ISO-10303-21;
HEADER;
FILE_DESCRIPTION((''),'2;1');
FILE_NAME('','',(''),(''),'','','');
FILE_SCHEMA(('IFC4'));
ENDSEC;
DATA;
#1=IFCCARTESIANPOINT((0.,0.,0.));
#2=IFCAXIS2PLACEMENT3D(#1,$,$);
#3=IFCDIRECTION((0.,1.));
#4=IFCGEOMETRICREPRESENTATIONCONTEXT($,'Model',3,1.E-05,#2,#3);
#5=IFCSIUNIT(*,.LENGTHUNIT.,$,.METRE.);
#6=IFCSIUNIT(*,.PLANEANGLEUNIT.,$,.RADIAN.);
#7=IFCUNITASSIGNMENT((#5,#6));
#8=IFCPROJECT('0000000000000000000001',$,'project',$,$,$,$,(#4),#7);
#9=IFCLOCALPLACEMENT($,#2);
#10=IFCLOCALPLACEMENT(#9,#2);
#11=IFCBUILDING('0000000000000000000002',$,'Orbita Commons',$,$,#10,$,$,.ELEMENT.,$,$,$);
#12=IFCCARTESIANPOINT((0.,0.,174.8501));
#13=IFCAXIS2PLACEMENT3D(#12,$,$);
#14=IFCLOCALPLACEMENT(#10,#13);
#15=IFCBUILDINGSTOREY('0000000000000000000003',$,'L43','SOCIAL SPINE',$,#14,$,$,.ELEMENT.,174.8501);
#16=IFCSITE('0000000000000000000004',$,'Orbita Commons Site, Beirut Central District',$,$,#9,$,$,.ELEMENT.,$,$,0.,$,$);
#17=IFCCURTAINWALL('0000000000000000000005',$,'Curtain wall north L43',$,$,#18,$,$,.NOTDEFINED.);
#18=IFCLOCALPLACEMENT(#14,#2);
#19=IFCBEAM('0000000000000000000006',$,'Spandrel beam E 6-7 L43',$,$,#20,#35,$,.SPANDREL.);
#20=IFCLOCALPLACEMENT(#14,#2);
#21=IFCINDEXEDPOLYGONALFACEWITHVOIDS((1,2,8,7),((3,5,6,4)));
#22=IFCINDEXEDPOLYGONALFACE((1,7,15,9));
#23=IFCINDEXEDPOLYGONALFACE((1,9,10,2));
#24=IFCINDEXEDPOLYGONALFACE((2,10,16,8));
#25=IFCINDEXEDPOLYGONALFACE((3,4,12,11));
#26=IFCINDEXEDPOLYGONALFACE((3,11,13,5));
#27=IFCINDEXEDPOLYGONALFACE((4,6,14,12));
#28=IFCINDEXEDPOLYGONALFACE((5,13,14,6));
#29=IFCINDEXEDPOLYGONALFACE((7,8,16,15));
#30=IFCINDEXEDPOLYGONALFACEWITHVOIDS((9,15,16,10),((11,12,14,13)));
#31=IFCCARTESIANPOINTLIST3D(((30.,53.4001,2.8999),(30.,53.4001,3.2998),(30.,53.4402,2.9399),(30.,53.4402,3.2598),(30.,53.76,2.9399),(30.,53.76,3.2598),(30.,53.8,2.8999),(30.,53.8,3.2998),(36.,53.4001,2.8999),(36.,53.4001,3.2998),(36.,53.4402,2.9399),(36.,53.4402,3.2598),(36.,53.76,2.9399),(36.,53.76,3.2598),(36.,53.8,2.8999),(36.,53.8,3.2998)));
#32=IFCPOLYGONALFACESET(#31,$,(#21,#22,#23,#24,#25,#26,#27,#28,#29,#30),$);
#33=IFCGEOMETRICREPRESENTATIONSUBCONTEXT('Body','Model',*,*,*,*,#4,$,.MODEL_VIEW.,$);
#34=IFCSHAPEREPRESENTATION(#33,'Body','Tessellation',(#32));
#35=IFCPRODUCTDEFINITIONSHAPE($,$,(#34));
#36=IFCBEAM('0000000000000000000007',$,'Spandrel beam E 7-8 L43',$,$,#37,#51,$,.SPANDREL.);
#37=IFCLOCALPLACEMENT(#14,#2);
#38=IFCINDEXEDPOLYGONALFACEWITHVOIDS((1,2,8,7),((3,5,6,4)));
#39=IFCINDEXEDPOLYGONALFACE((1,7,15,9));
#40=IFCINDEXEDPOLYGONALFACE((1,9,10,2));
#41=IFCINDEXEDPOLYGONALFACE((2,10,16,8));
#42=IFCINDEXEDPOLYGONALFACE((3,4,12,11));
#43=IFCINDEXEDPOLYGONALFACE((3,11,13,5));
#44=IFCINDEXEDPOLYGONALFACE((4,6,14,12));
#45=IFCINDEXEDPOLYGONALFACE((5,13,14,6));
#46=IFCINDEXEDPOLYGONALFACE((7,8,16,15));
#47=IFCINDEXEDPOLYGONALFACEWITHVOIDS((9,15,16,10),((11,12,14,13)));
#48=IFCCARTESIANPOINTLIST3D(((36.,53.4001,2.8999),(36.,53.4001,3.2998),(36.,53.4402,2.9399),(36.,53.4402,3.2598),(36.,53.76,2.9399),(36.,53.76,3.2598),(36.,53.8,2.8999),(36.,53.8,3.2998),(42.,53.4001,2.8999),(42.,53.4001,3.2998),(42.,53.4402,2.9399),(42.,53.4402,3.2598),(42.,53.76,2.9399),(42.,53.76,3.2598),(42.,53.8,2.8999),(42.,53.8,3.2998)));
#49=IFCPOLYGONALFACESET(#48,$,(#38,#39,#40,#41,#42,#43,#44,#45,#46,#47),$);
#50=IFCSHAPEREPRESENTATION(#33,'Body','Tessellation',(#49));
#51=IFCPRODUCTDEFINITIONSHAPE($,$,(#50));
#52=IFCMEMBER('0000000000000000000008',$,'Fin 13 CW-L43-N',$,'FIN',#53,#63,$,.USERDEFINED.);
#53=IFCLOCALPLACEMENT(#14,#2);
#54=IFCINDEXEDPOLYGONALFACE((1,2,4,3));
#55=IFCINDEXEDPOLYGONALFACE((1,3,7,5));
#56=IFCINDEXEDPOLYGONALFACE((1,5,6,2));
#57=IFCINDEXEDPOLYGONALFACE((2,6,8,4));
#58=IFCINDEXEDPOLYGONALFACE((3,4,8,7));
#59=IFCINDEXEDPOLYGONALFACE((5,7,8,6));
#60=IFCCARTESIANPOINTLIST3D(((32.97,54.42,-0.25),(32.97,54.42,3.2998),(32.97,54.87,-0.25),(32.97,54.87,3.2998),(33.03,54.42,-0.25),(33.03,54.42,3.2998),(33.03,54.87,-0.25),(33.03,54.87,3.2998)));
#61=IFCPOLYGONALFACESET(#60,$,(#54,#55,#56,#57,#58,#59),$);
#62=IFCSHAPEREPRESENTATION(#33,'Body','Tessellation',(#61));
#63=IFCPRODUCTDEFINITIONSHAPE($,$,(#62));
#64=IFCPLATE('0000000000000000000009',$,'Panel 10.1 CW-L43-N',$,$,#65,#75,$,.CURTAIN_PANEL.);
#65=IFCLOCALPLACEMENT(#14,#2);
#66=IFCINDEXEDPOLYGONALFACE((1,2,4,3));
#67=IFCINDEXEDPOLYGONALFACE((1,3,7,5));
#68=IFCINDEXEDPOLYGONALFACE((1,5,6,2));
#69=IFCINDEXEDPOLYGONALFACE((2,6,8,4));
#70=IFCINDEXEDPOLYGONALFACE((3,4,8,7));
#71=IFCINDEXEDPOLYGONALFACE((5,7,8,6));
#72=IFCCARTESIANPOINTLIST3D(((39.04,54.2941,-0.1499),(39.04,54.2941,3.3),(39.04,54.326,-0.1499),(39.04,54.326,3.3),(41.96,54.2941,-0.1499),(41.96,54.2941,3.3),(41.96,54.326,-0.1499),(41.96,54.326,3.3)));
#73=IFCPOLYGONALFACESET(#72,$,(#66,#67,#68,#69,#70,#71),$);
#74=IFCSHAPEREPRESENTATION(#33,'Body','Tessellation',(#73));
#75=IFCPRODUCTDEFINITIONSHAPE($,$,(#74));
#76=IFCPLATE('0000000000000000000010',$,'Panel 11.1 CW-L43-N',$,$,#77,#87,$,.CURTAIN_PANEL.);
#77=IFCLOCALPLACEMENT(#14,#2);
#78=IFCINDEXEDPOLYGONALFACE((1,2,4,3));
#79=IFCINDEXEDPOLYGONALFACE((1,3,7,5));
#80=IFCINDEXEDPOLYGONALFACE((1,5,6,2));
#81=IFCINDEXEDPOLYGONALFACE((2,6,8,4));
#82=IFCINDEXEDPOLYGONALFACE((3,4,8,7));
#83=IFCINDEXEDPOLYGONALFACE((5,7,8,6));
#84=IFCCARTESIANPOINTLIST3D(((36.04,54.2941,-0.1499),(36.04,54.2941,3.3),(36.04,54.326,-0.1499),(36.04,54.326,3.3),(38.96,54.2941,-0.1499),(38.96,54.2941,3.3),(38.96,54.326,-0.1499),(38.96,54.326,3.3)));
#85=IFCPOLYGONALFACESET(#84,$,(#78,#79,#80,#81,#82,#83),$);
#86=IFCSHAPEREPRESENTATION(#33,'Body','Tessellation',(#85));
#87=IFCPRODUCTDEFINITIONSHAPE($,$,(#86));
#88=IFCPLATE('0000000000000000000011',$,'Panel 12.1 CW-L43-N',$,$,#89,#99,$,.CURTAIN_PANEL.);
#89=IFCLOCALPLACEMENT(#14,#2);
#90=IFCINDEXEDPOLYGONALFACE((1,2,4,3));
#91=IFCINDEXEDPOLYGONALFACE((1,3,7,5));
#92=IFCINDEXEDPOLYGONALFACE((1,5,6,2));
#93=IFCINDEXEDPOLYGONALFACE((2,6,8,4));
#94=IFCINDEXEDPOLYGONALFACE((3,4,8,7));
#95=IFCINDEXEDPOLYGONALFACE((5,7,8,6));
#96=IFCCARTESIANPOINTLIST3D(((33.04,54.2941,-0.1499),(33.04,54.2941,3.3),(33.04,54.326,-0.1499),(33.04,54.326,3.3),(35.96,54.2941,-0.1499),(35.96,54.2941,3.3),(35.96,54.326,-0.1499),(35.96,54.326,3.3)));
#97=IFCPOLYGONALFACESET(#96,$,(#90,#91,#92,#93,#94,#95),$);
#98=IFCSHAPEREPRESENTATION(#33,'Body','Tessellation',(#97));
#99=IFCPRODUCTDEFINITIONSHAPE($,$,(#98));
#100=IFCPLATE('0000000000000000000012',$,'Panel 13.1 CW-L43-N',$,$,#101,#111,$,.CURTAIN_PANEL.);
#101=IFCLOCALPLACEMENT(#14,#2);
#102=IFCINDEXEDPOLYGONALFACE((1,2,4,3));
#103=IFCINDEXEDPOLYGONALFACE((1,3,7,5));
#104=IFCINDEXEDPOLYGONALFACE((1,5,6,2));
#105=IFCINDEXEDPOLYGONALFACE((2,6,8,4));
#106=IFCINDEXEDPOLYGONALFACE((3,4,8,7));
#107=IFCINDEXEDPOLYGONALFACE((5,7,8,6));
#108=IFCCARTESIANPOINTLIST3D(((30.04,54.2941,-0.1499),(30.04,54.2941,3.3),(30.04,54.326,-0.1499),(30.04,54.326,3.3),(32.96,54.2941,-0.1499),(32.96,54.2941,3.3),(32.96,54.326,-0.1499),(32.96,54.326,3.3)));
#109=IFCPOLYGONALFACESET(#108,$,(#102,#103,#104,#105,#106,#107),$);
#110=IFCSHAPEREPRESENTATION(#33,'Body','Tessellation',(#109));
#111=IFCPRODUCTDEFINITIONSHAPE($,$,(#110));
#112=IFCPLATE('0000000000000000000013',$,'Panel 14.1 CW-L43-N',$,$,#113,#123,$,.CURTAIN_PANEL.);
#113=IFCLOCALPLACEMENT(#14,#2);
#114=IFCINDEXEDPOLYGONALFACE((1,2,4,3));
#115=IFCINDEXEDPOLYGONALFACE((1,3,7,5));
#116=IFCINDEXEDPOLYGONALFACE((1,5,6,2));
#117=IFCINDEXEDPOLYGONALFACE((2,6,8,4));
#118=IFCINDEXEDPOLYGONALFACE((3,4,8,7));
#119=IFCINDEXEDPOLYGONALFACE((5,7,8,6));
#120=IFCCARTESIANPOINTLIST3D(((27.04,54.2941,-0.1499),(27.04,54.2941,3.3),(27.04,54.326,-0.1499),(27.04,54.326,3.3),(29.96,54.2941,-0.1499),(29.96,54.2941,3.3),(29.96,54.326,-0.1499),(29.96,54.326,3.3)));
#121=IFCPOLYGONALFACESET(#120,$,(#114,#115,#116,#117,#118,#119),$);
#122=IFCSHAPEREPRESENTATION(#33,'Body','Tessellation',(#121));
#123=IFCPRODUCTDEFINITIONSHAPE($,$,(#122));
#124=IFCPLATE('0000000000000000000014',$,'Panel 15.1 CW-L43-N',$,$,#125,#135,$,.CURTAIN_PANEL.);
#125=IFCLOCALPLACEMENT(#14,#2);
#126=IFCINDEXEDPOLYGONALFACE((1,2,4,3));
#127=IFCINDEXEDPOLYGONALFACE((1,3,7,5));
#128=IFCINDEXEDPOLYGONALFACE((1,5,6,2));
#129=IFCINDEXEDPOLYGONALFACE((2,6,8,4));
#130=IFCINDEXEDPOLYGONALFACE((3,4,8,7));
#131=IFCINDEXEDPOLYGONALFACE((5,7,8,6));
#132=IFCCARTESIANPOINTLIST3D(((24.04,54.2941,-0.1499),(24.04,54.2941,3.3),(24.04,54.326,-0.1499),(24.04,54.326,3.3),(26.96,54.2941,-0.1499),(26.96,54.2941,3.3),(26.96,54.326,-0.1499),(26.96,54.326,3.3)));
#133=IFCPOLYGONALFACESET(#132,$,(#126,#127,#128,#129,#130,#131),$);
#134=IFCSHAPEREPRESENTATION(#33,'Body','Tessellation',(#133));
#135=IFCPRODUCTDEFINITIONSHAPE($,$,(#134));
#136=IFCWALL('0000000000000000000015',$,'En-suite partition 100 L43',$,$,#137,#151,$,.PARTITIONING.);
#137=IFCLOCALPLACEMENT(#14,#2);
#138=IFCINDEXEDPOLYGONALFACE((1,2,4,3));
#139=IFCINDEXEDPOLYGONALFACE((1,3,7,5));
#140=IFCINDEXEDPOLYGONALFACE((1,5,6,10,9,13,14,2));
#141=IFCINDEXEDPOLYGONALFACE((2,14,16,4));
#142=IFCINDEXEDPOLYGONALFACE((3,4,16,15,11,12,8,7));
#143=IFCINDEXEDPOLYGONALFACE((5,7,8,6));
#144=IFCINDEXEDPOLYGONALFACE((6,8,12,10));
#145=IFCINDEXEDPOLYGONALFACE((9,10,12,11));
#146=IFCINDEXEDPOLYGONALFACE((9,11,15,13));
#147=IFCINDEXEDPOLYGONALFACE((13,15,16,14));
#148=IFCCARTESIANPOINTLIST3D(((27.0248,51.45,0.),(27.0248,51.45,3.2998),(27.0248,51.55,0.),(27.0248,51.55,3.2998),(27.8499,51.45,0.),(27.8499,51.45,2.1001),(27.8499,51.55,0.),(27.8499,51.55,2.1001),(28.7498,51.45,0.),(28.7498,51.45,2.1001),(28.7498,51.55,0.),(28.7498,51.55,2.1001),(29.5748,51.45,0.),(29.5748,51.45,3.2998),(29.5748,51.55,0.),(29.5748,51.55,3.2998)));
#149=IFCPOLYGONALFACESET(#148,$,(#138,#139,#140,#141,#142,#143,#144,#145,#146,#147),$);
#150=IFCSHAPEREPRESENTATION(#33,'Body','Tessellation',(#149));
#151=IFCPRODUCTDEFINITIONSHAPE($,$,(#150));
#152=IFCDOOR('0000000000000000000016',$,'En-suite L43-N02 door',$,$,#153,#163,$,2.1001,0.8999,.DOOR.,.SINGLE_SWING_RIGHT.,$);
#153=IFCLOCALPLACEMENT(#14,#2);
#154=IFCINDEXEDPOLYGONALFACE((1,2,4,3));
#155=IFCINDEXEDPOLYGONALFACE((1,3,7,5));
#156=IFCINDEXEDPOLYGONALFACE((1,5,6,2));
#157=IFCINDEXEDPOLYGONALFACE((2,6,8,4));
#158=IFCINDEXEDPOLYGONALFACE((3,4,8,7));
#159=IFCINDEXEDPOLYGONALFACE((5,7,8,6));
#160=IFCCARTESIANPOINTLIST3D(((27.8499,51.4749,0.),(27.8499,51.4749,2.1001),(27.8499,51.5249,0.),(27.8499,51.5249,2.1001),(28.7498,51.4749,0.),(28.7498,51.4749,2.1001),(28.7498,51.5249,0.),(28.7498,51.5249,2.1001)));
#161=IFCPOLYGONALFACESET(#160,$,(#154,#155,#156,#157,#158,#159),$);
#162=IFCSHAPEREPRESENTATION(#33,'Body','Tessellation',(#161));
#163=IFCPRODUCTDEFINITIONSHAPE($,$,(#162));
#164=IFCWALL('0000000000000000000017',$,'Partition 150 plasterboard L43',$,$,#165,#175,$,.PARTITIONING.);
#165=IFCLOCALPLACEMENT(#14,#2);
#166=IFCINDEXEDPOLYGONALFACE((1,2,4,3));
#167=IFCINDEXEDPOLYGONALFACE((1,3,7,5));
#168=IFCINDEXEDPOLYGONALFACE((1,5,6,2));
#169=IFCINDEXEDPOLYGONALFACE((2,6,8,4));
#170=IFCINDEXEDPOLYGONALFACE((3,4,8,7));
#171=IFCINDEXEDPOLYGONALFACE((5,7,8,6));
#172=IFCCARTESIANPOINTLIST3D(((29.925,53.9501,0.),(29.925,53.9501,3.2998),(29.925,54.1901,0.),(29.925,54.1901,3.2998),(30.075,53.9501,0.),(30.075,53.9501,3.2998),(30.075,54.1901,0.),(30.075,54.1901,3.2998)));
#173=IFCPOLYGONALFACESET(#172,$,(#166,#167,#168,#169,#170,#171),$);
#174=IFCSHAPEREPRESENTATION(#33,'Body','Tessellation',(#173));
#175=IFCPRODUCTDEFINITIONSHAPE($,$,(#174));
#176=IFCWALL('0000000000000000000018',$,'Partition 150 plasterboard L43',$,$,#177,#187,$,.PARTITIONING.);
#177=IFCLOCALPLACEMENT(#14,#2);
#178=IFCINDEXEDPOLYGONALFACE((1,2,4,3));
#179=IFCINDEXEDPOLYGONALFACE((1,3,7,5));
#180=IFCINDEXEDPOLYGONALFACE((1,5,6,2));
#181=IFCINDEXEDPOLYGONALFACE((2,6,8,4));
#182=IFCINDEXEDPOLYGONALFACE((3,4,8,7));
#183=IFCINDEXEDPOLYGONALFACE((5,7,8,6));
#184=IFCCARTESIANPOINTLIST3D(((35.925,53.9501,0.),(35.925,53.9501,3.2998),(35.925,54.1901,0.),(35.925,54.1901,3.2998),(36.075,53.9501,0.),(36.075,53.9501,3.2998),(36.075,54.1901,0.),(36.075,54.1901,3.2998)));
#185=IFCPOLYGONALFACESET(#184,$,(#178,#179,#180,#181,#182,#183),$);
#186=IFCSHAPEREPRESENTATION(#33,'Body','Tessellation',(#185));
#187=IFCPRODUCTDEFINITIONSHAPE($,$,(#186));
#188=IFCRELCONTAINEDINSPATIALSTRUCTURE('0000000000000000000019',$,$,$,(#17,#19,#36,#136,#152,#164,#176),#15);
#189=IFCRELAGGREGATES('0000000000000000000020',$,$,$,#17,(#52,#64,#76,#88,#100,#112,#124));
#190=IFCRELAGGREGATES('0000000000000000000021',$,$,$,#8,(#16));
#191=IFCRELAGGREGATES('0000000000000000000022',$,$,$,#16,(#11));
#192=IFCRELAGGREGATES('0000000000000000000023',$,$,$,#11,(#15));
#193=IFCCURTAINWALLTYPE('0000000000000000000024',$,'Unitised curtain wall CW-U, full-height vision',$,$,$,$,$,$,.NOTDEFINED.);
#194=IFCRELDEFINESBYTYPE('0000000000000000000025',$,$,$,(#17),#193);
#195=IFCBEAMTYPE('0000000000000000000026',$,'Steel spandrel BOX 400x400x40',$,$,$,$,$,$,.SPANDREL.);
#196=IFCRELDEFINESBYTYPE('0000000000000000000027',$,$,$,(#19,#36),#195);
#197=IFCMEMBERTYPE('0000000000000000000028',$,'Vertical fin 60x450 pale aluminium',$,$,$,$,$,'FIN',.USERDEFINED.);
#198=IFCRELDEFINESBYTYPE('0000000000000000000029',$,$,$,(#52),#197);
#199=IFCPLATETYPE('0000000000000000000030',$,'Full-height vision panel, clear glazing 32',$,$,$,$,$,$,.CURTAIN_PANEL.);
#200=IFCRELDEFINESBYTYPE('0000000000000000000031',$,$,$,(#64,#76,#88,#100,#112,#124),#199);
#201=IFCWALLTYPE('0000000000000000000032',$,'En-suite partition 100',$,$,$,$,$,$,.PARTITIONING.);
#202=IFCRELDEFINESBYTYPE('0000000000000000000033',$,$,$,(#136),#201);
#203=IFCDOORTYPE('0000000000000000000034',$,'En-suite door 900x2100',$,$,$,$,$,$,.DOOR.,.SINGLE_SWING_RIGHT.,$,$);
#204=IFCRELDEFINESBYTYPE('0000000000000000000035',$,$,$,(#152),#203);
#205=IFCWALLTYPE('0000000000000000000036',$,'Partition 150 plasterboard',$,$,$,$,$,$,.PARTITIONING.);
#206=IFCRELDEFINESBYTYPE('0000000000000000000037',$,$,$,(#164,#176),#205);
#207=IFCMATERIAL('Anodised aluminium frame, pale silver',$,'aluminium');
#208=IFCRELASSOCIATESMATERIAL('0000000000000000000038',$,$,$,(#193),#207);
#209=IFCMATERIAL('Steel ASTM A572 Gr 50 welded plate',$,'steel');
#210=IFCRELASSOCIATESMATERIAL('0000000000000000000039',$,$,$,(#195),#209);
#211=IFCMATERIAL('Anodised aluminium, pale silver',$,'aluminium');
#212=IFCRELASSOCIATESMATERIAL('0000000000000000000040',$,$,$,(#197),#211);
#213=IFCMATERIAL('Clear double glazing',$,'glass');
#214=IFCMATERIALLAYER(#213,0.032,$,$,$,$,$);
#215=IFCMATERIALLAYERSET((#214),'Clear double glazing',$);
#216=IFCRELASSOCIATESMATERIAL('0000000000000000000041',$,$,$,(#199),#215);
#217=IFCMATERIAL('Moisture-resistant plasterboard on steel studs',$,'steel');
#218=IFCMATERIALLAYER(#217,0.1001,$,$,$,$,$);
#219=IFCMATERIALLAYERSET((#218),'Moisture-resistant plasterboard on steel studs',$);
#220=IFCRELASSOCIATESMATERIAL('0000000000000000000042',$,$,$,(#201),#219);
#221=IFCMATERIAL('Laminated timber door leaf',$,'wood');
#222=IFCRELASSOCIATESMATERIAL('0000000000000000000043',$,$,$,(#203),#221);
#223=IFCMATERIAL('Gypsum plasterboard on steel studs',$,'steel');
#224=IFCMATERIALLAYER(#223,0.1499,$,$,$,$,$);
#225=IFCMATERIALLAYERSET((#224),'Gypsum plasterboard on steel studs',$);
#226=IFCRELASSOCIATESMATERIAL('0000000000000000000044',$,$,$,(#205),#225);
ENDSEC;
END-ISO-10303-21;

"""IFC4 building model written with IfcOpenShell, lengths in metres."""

from ifc_helpers import new_model, si_unit, direction, frame, frame_2d, origin, origin_2d, place, context, subcontext, project, spatial, rectangle, hollow_rectangle, extrude, material, layer, layer_set, material_profile, profile_set, type_object, element, fill, aggregate, save


model = new_model("IFC4")

# Units and contexts
model_context = context("Model", 3, precision=1e-05, world=origin(), true_north=direction((0.0, 1.0)))
body_context = subcontext(model_context, "Body", "Model", "MODEL_VIEW")
ifc_project = project(units=[si_unit("LENGTHUNIT", "METRE"), si_unit("PLANEANGLEUNIT", "RADIAN")], contexts=[model_context])

# Site, building, storey
site_placement = place(None, origin())
site = spatial("IfcSite", under=ifc_project, at=site_placement, Name="Orbita Commons Site, Beirut Central District", CompositionType="ELEMENT", RefElevation=0.0)
building_placement = place(site_placement, origin())
building = spatial("IfcBuilding", under=site, at=building_placement, Name="Orbita Commons", CompositionType="ELEMENT")
storey_placement = place(building_placement, frame((0.0, 0.0, 174.8501)))
storey = spatial("IfcBuildingStorey", under=building, at=storey_placement, Name="L43", Description="SOCIAL SPINE", CompositionType="ELEMENT", Elevation=174.8501)

# Curtain wall
ifc_material_1 = material(Name="Anodised aluminium frame, pale silver", Category="aluminium")
curtain_wall_type = type_object("IfcCurtainWallType", Name="Unitised curtain wall CW-U, full-height vision", PredefinedType="NOTDEFINED", material=ifc_material_1)
curtain_wall_placement = place(storey_placement, origin())
curtain_wall = element("IfcCurtainWall", 1, at=curtain_wall_placement, inside=storey, type_object=curtain_wall_type, Name="Curtain wall north L43", PredefinedType="NOTDEFINED")

# Beams
ifc_material_2 = material(Name="Steel ASTM A572 Gr 50 welded plate", Category="steel")
ifc_material_profile_1 = material_profile(ifc_material_2, hollow_rectangle(XDim=0.3999, YDim=0.3999, WallThickness=0.04, at=origin_2d()), Name="BOX 400x400x40")
ifc_profile_set_1 = profile_set([ifc_material_profile_1], Name="Steel ASTM A572 Gr 50 welded plate")
beam_type = type_object("IfcBeamType", Name="Steel spandrel BOX 400x400x40", PredefinedType="SPANDREL", material=ifc_profile_set_1)
for number, where, z_axis, x_axis, name in (
    (2, (30.0, 53.6001, 3.0999), (1.0, 0.0, 0.0), (0.0, 1.0, 0.0), "Spandrel beam E 6-7 L43"),
    (3, (36.0, 53.6001, 3.0999), (1.0, 0.0, 0.0), (0.0, 1.0, 0.0), "Spandrel beam E 7-8 L43"),
):
    element("IfcBeam", number, at=place(storey_placement, frame(where, z_axis=z_axis, x_axis=x_axis)), inside=storey, type_object=beam_type, Name=name, PredefinedType="SPANDREL", context=body_context, shape_type="SweptSolid", body=[
        extrude(hollow_rectangle(XDim=0.3999, YDim=0.3999, WallThickness=0.04, at=origin_2d()), origin(), (0.0, 0.0, 1.0), 6.0),
    ])

# Member
ifc_material_3 = material(Name="Anodised aluminium, pale silver", Category="aluminium")
ifc_material_profile_2 = material_profile(ifc_material_3, rectangle(XDim=0.0601, YDim=0.45, at=origin_2d()), Name="FIN 60x450")
ifc_profile_set_2 = profile_set([ifc_material_profile_2], Name="Anodised aluminium, pale silver")
member_type_1 = type_object("IfcMemberType", Name="Vertical fin 60x450 pale aluminium", ElementType="FIN", PredefinedType="USERDEFINED", material=ifc_profile_set_2)
member_1_placement = place(storey_placement, frame((33.0, 54.645, -0.25), z_axis=(0.0, 0.0, 1.0), x_axis=(-1.0, 0.0, 0.0)))
member_1 = element("IfcMember", 4, at=member_1_placement, type_object=member_type_1, Name="Fin 13 CW-L43-N", ObjectType="FIN", PredefinedType="USERDEFINED", context=body_context, shape_type="SweptSolid", body=[
    extrude(rectangle(XDim=0.0601, YDim=0.45, at=origin_2d()), origin(), (0.0, 0.0, 1.0), 3.5498),
])

# Plates
ifc_material_4 = material(Name="Clear double glazing", Category="glass")
ifc_layer_1 = layer(ifc_material_4, 0.032)
ifc_layer_set_1 = layer_set([ifc_layer_1], Name="Clear double glazing")
plate_type = type_object("IfcPlateType", Name="Full-height vision panel, clear glazing 32", PredefinedType="CURTAIN_PANEL", material=ifc_layer_set_1)
plate_1_placement = place(storey_placement, frame((40.5, 54.3101, -0.1499), z_axis=(0.0, 0.0, 1.0), x_axis=(-1.0, 0.0, 0.0)))
plate_1 = element("IfcPlate", 5, at=plate_1_placement, type_object=plate_type, Name="Panel 10.1 CW-L43-N", PredefinedType="CURTAIN_PANEL", context=body_context, shape_type="SweptSolid", body=[
    extrude(rectangle(XDim=2.9199, YDim=0.032, at=origin_2d()), origin(), (0.0, 0.0, 1.0), 3.45),
])
plate_2_placement = place(storey_placement, frame((37.5, 54.3101, -0.1499), z_axis=(0.0, 0.0, 1.0), x_axis=(-1.0, 0.0, 0.0)))
plate_2 = element("IfcPlate", 6, at=plate_2_placement, type_object=plate_type, Name="Panel 11.1 CW-L43-N", PredefinedType="CURTAIN_PANEL", context=body_context, shape_type="SweptSolid", body=[
    extrude(rectangle(XDim=2.9199, YDim=0.032, at=origin_2d()), origin(), (0.0, 0.0, 1.0), 3.45),
])
plate_3_placement = place(storey_placement, frame((34.5, 54.3101, -0.1499), z_axis=(0.0, 0.0, 1.0), x_axis=(-1.0, 0.0, 0.0)))
plate_3 = element("IfcPlate", 7, at=plate_3_placement, type_object=plate_type, Name="Panel 12.1 CW-L43-N", PredefinedType="CURTAIN_PANEL", context=body_context, shape_type="SweptSolid", body=[
    extrude(rectangle(XDim=2.9199, YDim=0.032, at=origin_2d()), origin(), (0.0, 0.0, 1.0), 3.45),
])
plate_4_placement = place(storey_placement, frame((31.5, 54.3101, -0.1499), z_axis=(0.0, 0.0, 1.0), x_axis=(-1.0, 0.0, 0.0)))
plate_4 = element("IfcPlate", 8, at=plate_4_placement, type_object=plate_type, Name="Panel 13.1 CW-L43-N", PredefinedType="CURTAIN_PANEL", context=body_context, shape_type="SweptSolid", body=[
    extrude(rectangle(XDim=2.9199, YDim=0.032, at=origin_2d()), origin(), (0.0, 0.0, 1.0), 3.45),
])
plate_5_placement = place(storey_placement, frame((28.5, 54.3101, -0.1499), z_axis=(0.0, 0.0, 1.0), x_axis=(-1.0, 0.0, 0.0)))
plate_5 = element("IfcPlate", 9, at=plate_5_placement, type_object=plate_type, Name="Panel 14.1 CW-L43-N", PredefinedType="CURTAIN_PANEL", context=body_context, shape_type="SweptSolid", body=[
    extrude(rectangle(XDim=2.9199, YDim=0.032, at=origin_2d()), origin(), (0.0, 0.0, 1.0), 3.45),
])
plate_6_placement = place(storey_placement, frame((25.5, 54.3101, -0.1499), z_axis=(0.0, 0.0, 1.0), x_axis=(-1.0, 0.0, 0.0)))
plate_6 = element("IfcPlate", 10, at=plate_6_placement, type_object=plate_type, Name="Panel 15.1 CW-L43-N", PredefinedType="CURTAIN_PANEL", context=body_context, shape_type="SweptSolid", body=[
    extrude(rectangle(XDim=2.9199, YDim=0.032, at=origin_2d()), origin(), (0.0, 0.0, 1.0), 3.45),
])
aggregate(curtain_wall, [member_1, plate_1, plate_2, plate_3, plate_4, plate_5, plate_6])

# Wall, opening, door
ifc_material_5 = material(Name="Moisture-resistant plasterboard on steel studs", Category="steel")
ifc_layer_2 = layer(ifc_material_5, 0.1001)
ifc_layer_set_2 = layer_set([ifc_layer_2], Name="Moisture-resistant plasterboard on steel studs")
wall_type_1 = type_object("IfcWallType", Name="En-suite partition 100", PredefinedType="PARTITIONING", material=ifc_layer_set_2)
wall_placement = place(storey_placement, frame((27.0249, 51.5, 0.0), z_axis=(0.0, 0.0, 1.0), x_axis=(1.0, 0.0, 0.0)))
wall = element("IfcWall", 11, at=wall_placement, inside=storey, type_object=wall_type_1, Name="En-suite partition 100 L43", PredefinedType="PARTITIONING", context=body_context, shape_type="SweptSolid", body=[
    extrude(rectangle(XDim=2.55, YDim=0.1001, at=frame_2d((1.2749, 0.0))), origin(), (0.0, 0.0, 1.0), 3.2998),
])
opening_placement = place(wall_placement, frame((0.825, 0.0, 0.0)))
opening = element("IfcOpeningElement", 12, at=opening_placement, cuts=wall, PredefinedType="OPENING", context=body_context, shape_type="SweptSolid", body=[
    extrude(rectangle(XDim=0.8999, YDim=2.1001, at=frame_2d((0.45, 1.05))), frame((0.0, 0.0601, 0.0), z_axis=(0.0, -1.0, 0.0), x_axis=(1.0, 0.0, 0.0)), (0.0, 0.0, 1.0), 0.1201),
])
ifc_material_6 = material(Name="Laminated timber door leaf", Category="wood")
door_type = type_object("IfcDoorType", Name="En-suite door 900x2100", OperationType="SINGLE_SWING_RIGHT", PredefinedType="DOOR", material=ifc_material_6)
door_placement = place(opening_placement, origin())
door = element("IfcDoor", 13, at=door_placement, inside=storey, type_object=door_type, Name="En-suite L43-N02 door", OperationType="SINGLE_SWING_RIGHT", OverallHeight=2.1001, OverallWidth=0.8999, PredefinedType="DOOR", context=body_context, shape_type="SweptSolid", body=[
    extrude(rectangle(XDim=0.8999, YDim=2.1001, at=frame_2d((0.45, 1.05))), frame((0.0, 0.0249, 0.0), z_axis=(0.0, -1.0, 0.0), x_axis=(1.0, 0.0, 0.0)), (0.0, 0.0, 1.0), 0.05),
])
fill(opening, door)

# Walls
ifc_material_7 = material(Name="Gypsum plasterboard on steel studs", Category="steel")
ifc_layer_3 = layer(ifc_material_7, 0.1499)
ifc_layer_set_3 = layer_set([ifc_layer_3], Name="Gypsum plasterboard on steel studs")
wall_type_2 = type_object("IfcWallType", Name="Partition 150 plasterboard", PredefinedType="PARTITIONING", material=ifc_layer_set_3)
for number, where, z_axis, x_axis, name in (
    (14, (30.0, 53.95, 0.0), (0.0, 0.0, 1.0), (0.0, 1.0, 0.0), "Partition 150 plasterboard L43"),
    (15, (36.0, 53.95, 0.0), (0.0, 0.0, 1.0), (0.0, 1.0, 0.0), "Partition 150 plasterboard L43"),
):
    element("IfcWall", number, at=place(storey_placement, frame(where, z_axis=z_axis, x_axis=x_axis)), inside=storey, type_object=wall_type_2, Name=name, PredefinedType="PARTITIONING", context=body_context, shape_type="SweptSolid", body=[
        extrude(rectangle(XDim=0.24, YDim=0.1499, at=frame_2d((0.1201, 0.0))), origin(), (0.0, 0.0, 1.0), 3.2998),
    ])

save(model, "model.ifc")
